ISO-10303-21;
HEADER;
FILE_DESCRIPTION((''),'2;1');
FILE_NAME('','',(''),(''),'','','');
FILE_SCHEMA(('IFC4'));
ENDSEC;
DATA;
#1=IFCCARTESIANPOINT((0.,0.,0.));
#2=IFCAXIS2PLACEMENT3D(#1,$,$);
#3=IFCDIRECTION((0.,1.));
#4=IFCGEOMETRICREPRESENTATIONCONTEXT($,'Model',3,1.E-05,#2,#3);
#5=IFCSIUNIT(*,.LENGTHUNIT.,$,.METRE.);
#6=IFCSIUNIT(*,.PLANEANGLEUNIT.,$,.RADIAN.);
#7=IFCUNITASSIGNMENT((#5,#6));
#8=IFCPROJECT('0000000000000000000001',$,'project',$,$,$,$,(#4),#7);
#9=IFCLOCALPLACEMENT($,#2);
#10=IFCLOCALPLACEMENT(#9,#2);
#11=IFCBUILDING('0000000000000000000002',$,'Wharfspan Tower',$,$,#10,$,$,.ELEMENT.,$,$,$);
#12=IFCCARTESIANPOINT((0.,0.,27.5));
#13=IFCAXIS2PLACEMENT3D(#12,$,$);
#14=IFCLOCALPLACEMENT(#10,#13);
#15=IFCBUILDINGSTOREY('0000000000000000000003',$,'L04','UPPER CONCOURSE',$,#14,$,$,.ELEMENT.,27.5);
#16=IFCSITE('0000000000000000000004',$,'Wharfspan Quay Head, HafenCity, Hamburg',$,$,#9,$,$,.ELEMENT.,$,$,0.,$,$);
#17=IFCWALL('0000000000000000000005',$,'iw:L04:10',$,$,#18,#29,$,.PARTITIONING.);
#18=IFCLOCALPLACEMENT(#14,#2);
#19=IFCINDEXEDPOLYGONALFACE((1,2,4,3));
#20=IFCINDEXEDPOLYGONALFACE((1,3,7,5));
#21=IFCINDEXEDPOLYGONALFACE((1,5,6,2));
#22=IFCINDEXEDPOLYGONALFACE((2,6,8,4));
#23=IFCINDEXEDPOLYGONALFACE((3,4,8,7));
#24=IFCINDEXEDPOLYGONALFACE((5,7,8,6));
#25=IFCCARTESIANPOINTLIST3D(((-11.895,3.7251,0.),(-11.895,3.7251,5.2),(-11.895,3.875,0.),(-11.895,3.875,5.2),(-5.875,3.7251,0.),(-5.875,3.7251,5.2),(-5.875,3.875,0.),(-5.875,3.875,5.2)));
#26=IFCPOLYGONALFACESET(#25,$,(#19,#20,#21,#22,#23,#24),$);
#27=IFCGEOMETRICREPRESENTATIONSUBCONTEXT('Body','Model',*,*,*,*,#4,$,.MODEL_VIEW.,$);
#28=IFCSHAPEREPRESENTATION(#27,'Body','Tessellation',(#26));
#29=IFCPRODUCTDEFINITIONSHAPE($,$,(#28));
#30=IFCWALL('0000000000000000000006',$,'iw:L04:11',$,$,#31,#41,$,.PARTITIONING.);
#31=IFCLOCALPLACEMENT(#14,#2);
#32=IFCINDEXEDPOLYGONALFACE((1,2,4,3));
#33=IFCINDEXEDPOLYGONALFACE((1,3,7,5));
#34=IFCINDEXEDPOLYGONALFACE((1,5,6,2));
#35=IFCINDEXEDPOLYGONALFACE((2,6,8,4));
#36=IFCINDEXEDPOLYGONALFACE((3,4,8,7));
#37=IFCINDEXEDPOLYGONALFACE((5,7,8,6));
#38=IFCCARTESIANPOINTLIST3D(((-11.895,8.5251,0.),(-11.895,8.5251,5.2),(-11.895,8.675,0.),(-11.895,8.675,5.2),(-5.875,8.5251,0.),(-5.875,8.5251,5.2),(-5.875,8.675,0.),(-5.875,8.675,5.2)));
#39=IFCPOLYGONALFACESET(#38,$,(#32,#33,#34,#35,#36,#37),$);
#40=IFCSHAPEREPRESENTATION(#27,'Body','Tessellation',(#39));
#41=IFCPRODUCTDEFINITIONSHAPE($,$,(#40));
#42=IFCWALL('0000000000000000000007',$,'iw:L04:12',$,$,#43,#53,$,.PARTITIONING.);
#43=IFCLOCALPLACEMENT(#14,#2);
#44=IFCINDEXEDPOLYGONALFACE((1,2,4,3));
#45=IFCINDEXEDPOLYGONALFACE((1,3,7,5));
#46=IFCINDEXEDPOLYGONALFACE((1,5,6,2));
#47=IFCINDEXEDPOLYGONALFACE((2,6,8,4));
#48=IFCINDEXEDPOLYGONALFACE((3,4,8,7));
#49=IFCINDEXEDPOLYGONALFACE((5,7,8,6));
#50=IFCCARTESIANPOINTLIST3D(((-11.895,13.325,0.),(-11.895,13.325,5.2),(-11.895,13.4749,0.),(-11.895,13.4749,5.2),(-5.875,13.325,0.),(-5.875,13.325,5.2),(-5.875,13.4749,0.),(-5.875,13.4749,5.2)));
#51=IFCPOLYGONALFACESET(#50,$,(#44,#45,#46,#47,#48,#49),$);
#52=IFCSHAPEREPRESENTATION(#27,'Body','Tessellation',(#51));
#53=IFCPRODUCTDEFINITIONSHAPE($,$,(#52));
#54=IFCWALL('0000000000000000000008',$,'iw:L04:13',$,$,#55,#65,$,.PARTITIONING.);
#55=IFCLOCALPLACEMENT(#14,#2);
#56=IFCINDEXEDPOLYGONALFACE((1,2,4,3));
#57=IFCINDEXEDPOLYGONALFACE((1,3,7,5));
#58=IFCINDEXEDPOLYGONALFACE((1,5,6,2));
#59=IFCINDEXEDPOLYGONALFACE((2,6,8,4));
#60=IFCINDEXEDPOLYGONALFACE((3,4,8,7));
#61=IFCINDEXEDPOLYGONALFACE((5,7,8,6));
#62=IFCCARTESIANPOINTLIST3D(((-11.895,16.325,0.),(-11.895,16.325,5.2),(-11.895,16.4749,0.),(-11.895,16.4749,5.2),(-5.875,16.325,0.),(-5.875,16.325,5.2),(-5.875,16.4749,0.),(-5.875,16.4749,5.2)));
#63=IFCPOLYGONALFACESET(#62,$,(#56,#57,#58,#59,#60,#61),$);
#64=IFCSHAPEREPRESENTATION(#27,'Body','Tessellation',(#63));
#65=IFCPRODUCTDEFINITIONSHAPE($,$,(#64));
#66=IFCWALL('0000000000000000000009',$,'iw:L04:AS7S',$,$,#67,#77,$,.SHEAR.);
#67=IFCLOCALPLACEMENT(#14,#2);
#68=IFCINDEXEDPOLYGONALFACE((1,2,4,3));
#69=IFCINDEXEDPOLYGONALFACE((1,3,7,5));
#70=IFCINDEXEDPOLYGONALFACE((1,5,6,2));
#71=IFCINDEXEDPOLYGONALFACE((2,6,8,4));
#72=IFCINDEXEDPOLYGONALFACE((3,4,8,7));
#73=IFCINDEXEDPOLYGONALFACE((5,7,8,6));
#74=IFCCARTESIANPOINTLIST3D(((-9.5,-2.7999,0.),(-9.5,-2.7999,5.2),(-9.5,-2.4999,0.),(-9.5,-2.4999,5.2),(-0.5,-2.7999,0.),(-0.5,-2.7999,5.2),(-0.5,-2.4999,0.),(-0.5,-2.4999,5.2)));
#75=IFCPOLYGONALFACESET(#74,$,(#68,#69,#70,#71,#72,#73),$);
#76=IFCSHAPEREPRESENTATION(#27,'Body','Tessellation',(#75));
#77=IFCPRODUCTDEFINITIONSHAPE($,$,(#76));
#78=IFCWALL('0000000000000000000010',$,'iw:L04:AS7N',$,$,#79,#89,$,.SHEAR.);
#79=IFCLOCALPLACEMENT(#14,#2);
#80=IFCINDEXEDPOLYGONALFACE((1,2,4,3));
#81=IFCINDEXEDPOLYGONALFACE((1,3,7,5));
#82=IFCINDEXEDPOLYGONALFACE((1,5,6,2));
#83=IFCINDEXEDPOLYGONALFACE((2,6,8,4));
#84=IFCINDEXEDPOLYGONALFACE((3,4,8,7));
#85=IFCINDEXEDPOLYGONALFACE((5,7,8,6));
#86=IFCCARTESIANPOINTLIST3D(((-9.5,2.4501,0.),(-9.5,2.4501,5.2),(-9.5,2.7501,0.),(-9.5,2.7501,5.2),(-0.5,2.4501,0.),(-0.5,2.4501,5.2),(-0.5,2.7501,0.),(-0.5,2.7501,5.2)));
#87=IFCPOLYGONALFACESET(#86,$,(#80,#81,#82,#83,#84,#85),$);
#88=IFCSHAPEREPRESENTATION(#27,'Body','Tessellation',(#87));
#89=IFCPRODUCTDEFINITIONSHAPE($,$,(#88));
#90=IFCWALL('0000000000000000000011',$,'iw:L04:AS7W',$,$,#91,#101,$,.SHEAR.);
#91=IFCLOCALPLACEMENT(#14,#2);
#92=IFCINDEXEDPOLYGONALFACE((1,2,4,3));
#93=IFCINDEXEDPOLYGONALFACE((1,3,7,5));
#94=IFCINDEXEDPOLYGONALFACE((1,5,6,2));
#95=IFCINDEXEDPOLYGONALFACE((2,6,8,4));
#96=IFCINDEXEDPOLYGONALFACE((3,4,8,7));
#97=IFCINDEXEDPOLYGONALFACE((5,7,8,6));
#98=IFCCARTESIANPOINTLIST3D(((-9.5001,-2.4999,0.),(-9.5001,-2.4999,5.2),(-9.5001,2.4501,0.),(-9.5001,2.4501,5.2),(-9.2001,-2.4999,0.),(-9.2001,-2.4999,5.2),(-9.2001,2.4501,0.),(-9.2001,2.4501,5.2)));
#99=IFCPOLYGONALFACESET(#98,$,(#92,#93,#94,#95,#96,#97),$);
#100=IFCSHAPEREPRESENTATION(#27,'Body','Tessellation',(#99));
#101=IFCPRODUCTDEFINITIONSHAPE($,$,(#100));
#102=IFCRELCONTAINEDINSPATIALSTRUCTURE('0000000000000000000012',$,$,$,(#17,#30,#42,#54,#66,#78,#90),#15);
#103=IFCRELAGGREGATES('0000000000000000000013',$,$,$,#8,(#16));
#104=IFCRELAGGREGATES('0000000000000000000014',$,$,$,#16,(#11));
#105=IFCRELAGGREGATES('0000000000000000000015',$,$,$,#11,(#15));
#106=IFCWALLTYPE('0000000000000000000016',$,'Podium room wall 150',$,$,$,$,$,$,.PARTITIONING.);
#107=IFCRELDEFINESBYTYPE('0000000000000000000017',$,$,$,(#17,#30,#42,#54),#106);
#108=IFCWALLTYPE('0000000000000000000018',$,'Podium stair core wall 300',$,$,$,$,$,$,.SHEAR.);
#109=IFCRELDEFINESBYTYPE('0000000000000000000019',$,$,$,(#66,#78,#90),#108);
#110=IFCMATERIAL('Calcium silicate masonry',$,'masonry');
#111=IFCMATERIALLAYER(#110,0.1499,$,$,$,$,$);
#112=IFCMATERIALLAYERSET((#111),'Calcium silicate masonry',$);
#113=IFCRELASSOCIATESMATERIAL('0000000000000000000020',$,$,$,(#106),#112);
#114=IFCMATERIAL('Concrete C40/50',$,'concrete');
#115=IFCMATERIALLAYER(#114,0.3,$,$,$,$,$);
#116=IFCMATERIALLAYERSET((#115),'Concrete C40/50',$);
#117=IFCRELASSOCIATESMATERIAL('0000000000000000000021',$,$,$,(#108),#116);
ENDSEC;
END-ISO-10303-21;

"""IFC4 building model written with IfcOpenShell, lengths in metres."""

from ifc_helpers import new_model, si_unit, direction, frame, frame_2d, origin, place, context, subcontext, project, spatial, rectangle, extrude, material, layer, layer_set, type_object, element, save


model = new_model("IFC4")

# Units and contexts
model_context = context("Model", 3, precision=1e-05, world=origin(), true_north=direction((0.0, 1.0)))
body_context = subcontext(model_context, "Body", "Model", "MODEL_VIEW")
ifc_project = project(units=[si_unit("LENGTHUNIT", "METRE"), si_unit("PLANEANGLEUNIT", "RADIAN")], contexts=[model_context])

# Site, building, storey
site_placement = place(None, origin())
site = spatial("IfcSite", under=ifc_project, at=site_placement, Name="Wharfspan Quay Head, HafenCity, Hamburg", CompositionType="ELEMENT", RefElevation=0.0)
building_placement = place(site_placement, origin())
building = spatial("IfcBuilding", under=site, at=building_placement, Name="Wharfspan Tower", CompositionType="ELEMENT")
storey_placement = place(building_placement, frame((0.0, 0.0, 27.5)))
storey = spatial("IfcBuildingStorey", under=building, at=storey_placement, Name="L04", Description="UPPER CONCOURSE", CompositionType="ELEMENT", Elevation=27.5)

# Shared definitions
ifc_material_1 = material(Name="Calcium silicate masonry", Category="masonry")
ifc_layer_1 = layer(ifc_material_1, 0.1499)
ifc_layer_set_1 = layer_set([ifc_layer_1], Name="Calcium silicate masonry")
wall_type_1 = type_object("IfcWallType", Name="Podium room wall 150", PredefinedType="PARTITIONING", material=ifc_layer_set_1)

# Walls
for number, where, z_axis, x_axis, name in (
    (1, (-11.895, 3.8, 0.0), (0.0, 0.0, 1.0), (1.0, 0.0, 0.0), "iw:L04:10"),
    (2, (-11.895, 8.6001, 0.0), (0.0, 0.0, 1.0), (1.0, 0.0, 0.0), "iw:L04:11"),
    (3, (-11.895, 13.3999, 0.0), (0.0, 0.0, 1.0), (1.0, 0.0, 0.0), "iw:L04:12"),
    (4, (-11.895, 16.3999, 0.0), (0.0, 0.0, 1.0), (1.0, 0.0, 0.0), "iw:L04:13"),
):
    element("IfcWall", number, at=place(storey_placement, frame(where, z_axis=z_axis, x_axis=x_axis)), inside=storey, type_object=wall_type_1, Name=name, PredefinedType="PARTITIONING", context=body_context, shape_type="SweptSolid", body=[
        extrude(rectangle(XDim=6.02, YDim=0.1499, at=frame_2d((3.01, 0.0))), origin(), (0.0, 0.0, 1.0), 5.2),
    ])
ifc_material_2 = material(Name="Concrete C40/50", Category="concrete")
ifc_layer_2 = layer(ifc_material_2, 0.3)
ifc_layer_set_2 = layer_set([ifc_layer_2], Name="Concrete C40/50")
wall_type_2 = type_object("IfcWallType", Name="Podium stair core wall 300", PredefinedType="SHEAR", material=ifc_layer_set_2)
for number, where, z_axis, x_axis, name in (
    (5, (-9.5, -2.6499, 0.0), (0.0, 0.0, 1.0), (1.0, 0.0, 0.0), "iw:L04:AS7S"),
    (6, (-9.5, 2.6001, 0.0), (0.0, 0.0, 1.0), (1.0, 0.0, 0.0), "iw:L04:AS7N"),
):
    element("IfcWall", number, at=place(storey_placement, frame(where, z_axis=z_axis, x_axis=x_axis)), inside=storey, type_object=wall_type_2, Name=name, PredefinedType="SHEAR", context=body_context, shape_type="SweptSolid", body=[
        extrude(rectangle(XDim=9.0, YDim=0.3, at=frame_2d((4.5, 0.0))), origin(), (0.0, 0.0, 1.0), 5.2),
    ])
wall_1_placement = place(storey_placement, frame((-9.3501, -2.5, 0.0), z_axis=(0.0, 0.0, 1.0), x_axis=(0.0, 1.0, 0.0)))
element("IfcWall", 7, at=wall_1_placement, inside=storey, type_object=wall_type_2, Name="iw:L04:AS7W", PredefinedType="SHEAR", context=body_context, shape_type="SweptSolid", body=[
    extrude(rectangle(XDim=4.95, YDim=0.3, at=frame_2d((2.4751, 0.0))), origin(), (0.0, 0.0, 1.0), 5.2),
])

save(model, "model.ifc")
